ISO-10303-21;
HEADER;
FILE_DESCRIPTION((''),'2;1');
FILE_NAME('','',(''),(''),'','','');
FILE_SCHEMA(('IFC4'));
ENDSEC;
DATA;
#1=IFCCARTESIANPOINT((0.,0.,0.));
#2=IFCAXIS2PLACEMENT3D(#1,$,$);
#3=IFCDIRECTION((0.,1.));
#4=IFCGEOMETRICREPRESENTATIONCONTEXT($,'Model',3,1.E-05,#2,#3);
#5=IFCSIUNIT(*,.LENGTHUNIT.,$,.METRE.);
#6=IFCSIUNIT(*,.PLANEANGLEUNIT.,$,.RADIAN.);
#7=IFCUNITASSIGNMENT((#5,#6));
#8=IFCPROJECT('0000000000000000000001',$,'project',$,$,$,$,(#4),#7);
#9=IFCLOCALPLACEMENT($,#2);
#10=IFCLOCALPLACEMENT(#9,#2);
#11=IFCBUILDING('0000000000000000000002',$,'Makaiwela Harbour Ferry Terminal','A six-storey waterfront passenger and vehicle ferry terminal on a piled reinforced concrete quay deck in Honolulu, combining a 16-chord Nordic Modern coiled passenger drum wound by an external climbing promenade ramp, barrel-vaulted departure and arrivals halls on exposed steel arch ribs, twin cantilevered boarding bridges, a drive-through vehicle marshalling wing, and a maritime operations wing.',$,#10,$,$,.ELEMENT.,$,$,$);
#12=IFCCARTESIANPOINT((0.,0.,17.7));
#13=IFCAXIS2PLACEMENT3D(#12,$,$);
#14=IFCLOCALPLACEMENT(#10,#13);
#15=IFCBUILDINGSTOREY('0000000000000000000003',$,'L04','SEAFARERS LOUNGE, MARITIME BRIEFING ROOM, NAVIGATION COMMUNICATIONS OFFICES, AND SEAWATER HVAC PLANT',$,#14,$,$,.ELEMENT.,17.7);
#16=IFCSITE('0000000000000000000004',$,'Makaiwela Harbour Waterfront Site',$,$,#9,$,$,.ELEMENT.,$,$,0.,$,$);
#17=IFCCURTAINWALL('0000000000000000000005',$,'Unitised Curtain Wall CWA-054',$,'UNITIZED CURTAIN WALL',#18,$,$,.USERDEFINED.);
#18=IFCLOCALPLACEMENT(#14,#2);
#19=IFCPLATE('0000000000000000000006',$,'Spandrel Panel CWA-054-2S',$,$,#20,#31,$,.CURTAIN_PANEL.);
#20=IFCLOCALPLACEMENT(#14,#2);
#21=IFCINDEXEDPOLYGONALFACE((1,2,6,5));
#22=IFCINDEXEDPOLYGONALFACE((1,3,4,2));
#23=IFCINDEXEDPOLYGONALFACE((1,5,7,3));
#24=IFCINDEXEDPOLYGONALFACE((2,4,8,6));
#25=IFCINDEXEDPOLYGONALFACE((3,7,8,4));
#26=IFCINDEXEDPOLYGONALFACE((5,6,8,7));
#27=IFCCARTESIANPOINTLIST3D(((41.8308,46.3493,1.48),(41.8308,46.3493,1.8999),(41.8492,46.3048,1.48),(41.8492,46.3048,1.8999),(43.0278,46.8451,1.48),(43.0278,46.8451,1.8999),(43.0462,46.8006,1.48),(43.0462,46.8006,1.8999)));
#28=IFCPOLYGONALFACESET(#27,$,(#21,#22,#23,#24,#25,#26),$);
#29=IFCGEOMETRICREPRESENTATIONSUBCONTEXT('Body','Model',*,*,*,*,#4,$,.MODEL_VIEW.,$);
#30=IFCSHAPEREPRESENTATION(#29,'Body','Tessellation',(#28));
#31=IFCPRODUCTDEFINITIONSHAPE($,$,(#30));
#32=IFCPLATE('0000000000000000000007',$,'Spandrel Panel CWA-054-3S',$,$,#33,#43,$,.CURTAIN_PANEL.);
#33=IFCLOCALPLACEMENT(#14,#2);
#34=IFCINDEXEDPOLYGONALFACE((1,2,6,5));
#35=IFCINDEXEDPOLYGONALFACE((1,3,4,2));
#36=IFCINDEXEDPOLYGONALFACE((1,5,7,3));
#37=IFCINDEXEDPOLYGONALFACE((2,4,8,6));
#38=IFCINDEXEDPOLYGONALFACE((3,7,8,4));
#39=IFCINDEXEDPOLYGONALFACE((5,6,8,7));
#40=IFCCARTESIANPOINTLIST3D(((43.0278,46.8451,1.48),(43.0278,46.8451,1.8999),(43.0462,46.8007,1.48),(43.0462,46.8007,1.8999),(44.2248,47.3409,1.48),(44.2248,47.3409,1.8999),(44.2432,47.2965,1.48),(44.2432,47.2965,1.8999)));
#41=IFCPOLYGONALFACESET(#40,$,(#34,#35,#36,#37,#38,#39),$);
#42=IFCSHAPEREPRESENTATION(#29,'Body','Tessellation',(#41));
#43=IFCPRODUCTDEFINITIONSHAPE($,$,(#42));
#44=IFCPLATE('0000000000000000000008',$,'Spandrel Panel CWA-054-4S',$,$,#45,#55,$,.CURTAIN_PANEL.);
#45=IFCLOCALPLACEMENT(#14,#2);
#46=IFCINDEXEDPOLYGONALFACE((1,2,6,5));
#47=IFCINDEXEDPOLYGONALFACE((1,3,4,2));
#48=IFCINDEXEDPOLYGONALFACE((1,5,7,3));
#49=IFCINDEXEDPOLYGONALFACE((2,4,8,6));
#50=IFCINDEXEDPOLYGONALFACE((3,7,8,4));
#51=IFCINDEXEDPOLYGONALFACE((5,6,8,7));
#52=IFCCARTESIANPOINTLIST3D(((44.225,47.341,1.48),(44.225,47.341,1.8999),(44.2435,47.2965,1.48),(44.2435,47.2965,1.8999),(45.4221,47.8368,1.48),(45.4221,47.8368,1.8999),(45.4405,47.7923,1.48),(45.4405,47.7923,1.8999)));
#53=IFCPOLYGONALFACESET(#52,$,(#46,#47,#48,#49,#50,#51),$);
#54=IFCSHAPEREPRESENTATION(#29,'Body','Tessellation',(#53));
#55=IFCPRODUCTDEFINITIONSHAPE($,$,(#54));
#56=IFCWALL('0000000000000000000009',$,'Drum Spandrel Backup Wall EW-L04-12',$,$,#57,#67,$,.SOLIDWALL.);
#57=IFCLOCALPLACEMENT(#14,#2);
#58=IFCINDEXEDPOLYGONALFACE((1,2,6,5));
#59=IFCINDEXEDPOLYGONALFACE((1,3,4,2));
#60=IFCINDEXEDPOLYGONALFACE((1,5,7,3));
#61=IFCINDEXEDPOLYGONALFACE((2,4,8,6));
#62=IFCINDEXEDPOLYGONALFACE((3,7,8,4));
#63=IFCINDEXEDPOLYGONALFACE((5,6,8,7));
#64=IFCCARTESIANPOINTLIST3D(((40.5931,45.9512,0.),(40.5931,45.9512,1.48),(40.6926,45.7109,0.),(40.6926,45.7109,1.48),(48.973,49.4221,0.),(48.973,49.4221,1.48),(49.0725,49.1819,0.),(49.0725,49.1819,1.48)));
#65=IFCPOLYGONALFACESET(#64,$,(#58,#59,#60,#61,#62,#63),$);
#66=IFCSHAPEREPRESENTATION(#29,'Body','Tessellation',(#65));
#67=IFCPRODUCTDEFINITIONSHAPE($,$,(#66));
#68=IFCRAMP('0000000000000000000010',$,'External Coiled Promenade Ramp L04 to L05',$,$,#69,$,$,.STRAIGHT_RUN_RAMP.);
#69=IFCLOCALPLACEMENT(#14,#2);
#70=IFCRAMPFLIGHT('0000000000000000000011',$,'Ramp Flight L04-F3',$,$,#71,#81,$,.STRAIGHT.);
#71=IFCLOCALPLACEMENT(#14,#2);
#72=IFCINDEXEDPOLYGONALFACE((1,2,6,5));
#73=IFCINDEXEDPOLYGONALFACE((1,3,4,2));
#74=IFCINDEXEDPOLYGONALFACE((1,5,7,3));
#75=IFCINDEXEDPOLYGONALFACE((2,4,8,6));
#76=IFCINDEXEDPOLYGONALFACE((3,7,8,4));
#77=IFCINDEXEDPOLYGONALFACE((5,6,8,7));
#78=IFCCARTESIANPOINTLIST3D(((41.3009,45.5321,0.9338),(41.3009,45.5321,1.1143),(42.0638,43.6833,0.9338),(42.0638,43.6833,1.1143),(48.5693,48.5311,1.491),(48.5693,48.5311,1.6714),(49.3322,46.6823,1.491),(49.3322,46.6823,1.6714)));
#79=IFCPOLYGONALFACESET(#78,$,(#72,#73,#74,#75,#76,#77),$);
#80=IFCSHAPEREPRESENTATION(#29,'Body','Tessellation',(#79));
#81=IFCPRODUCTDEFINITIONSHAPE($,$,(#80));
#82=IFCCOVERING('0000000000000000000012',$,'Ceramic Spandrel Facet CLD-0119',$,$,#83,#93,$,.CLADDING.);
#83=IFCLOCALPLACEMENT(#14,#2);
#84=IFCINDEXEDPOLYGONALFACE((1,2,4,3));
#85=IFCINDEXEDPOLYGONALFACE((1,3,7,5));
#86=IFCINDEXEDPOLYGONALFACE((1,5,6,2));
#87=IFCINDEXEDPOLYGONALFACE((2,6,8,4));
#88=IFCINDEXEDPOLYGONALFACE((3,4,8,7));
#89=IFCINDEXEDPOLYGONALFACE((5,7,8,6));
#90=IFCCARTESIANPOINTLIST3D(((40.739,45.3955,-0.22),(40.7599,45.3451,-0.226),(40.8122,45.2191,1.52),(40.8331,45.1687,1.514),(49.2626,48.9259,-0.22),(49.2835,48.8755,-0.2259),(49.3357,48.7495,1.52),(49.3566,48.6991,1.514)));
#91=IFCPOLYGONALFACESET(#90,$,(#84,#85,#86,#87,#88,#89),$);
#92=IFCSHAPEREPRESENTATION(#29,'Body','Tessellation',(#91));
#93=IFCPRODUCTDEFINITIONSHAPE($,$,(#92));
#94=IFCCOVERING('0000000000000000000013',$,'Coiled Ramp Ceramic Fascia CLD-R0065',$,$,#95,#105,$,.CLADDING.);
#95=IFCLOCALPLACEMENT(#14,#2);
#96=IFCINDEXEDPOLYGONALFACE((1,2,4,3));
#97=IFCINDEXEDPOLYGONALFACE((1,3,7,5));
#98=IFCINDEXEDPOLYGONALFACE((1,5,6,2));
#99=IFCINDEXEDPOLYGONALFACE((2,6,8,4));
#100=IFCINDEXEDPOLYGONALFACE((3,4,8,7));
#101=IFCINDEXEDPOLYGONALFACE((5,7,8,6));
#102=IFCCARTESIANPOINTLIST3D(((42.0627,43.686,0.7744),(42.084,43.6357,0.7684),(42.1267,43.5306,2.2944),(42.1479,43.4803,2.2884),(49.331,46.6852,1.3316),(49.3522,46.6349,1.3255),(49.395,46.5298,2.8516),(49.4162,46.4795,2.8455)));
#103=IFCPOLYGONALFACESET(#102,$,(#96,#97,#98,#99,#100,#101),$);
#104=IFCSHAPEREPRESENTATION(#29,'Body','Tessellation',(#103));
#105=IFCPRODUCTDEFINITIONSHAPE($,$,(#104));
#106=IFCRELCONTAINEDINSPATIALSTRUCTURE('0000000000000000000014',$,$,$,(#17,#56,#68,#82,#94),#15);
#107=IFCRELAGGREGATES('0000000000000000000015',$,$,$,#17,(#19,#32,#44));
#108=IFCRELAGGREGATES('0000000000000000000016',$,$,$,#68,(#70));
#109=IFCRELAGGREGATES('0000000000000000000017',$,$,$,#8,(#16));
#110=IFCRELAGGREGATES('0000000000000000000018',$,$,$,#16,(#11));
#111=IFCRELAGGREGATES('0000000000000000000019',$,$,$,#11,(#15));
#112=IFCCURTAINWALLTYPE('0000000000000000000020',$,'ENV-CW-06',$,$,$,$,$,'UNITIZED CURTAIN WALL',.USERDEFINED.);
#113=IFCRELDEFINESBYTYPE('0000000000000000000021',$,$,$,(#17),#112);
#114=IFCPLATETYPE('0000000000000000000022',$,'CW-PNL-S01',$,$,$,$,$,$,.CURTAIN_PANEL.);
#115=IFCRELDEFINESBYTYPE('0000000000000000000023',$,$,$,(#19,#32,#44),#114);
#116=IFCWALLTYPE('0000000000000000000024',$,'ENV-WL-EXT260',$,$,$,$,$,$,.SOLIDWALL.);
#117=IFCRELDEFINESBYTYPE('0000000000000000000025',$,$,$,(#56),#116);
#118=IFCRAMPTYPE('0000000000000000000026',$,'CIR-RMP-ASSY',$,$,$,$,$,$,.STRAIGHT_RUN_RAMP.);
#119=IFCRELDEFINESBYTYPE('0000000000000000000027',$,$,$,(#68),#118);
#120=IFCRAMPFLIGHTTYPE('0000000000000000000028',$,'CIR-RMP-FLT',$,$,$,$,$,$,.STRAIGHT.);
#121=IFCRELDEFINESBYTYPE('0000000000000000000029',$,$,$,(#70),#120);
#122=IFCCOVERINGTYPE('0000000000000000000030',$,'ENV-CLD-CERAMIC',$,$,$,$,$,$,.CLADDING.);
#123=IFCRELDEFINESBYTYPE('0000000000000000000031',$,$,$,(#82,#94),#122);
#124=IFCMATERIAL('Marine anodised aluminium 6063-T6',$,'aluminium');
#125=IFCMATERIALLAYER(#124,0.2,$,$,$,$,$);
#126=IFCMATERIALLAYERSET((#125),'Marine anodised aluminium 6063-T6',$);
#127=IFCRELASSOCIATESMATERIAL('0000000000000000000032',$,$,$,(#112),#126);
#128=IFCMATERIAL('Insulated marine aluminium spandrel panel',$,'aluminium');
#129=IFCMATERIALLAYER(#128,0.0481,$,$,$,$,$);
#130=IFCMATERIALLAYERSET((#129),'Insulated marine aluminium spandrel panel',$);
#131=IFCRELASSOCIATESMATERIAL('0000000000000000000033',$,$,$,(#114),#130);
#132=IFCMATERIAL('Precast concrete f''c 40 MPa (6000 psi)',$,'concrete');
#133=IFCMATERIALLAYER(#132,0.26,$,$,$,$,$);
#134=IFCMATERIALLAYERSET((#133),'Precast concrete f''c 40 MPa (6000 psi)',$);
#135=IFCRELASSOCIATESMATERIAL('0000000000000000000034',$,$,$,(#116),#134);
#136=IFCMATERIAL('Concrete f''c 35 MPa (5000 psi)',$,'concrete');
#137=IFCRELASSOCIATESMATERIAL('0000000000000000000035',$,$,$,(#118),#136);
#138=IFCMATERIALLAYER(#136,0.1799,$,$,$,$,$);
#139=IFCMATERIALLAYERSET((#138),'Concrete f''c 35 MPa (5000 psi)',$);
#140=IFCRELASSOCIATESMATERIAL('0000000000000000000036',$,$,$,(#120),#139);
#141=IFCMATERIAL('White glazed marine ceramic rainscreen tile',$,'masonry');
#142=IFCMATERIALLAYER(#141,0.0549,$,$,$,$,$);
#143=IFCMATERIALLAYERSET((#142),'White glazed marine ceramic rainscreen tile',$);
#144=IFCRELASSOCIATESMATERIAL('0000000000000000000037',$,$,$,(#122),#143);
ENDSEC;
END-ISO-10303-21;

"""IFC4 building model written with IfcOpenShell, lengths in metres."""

from ifc_helpers import new_model, si_unit, direction, frame, frame_2d, origin, origin_2d, place, context, subcontext, project, spatial, polyline, rectangle, outline, extrude, material, layer, layer_set, type_object, element, aggregate, save


model = new_model("IFC4")

# Units and contexts
model_context = context("Model", 3, precision=1e-05, world=origin(), true_north=direction((0.0, 1.0)))
body_context = subcontext(model_context, "Body", "Model", "MODEL_VIEW")
ifc_project = project(units=[si_unit("LENGTHUNIT", "METRE"), si_unit("PLANEANGLEUNIT", "RADIAN")], contexts=[model_context])

# Site, building, storey
site_placement = place(None, origin())
site = spatial("IfcSite", under=ifc_project, at=site_placement, Name="Makaiwela Harbour Waterfront Site", CompositionType="ELEMENT", RefElevation=0.0)
building_placement = place(site_placement, origin())
building = spatial("IfcBuilding", under=site, at=building_placement, Name="Makaiwela Harbour Ferry Terminal", Description="A six-storey waterfront passenger and vehicle ferry terminal on a piled reinforced concrete quay deck in Honolulu, combining a 16-chord Nordic Modern coiled passenger drum wound by an external climbing promenade ramp, barrel-vaulted departure and arrivals halls on exposed steel arch ribs, twin cantilevered boarding bridges, a drive-through vehicle marshalling wing, and a maritime operations wing.", CompositionType="ELEMENT")
storey_placement = place(building_placement, frame((0.0, 0.0, 17.7)))
storey = spatial("IfcBuildingStorey", under=building, at=storey_placement, Name="L04", Description="SEAFARERS LOUNGE, MARITIME BRIEFING ROOM, NAVIGATION COMMUNICATIONS OFFICES, AND SEAWATER HVAC PLANT", CompositionType="ELEMENT", Elevation=17.7)

# Shared definitions
ifc_material_1 = material(Name="Marine anodised aluminium 6063-T6", Category="aluminium")
ifc_layer_1 = layer(ifc_material_1, 0.2)
ifc_layer_set_1 = layer_set([ifc_layer_1], Name="Marine anodised aluminium 6063-T6")
curtain_wall_type = type_object("IfcCurtainWallType", Name="ENV-CW-06", ElementType="UNITIZED CURTAIN WALL", PredefinedType="USERDEFINED", material=ifc_layer_set_1)

# Curtain wall, plates
curtain_wall_1_placement = place(storey_placement, origin())
curtain_wall_1 = element("IfcCurtainWall", 1, at=curtain_wall_1_placement, inside=storey, type_object=curtain_wall_type, Name="Unitised Curtain Wall CWA-054", ObjectType="UNITIZED CURTAIN WALL", PredefinedType="USERDEFINED")
ifc_material_2 = material(Name="Insulated marine aluminium spandrel panel", Category="aluminium")
ifc_layer_2 = layer(ifc_material_2, 0.0481)
ifc_layer_set_2 = layer_set([ifc_layer_2], Name="Insulated marine aluminium spandrel panel")
plate_type_1 = type_object("IfcPlateType", Name="CW-PNL-S01", PredefinedType="CURTAIN_PANEL", material=ifc_layer_set_2)
plate_1_placement = place(storey_placement, frame((42.4385, 46.575, 1.48), z_axis=(0.0, 0.0, 1.0), x_axis=(0.92388, 0.382683, 0.0)))
plate_1 = element("IfcPlate", 2, at=plate_1_placement, type_object=plate_type_1, Name="Spandrel Panel CWA-054-2S", PredefinedType="CURTAIN_PANEL", context=body_context, shape_type="SweptSolid", body=[
    extrude(rectangle(XDim=1.2957, YDim=0.0481, at=origin_2d()), origin(), (0.0, 0.0, 1.0), 0.4199),
])
plate_2_placement = place(storey_placement, frame((43.6355, 47.0708, 1.48), z_axis=(0.0, 0.0, 1.0), x_axis=(0.92388, 0.382683, 0.0)))
plate_2 = element("IfcPlate", 3, at=plate_2_placement, type_object=plate_type_1, Name="Spandrel Panel CWA-054-3S", PredefinedType="CURTAIN_PANEL", context=body_context, shape_type="SweptSolid", body=[
    extrude(rectangle(XDim=1.2957, YDim=0.0481, at=origin_2d()), origin(), (0.0, 0.0, 1.0), 0.4199),
])
plate_3_placement = place(storey_placement, frame((44.8328, 47.5667, 1.48), z_axis=(0.0, 0.0, 1.0), x_axis=(0.92388, 0.382683, 0.0)))
plate_3 = element("IfcPlate", 4, at=plate_3_placement, type_object=plate_type_1, Name="Spandrel Panel CWA-054-4S", PredefinedType="CURTAIN_PANEL", context=body_context, shape_type="SweptSolid", body=[
    extrude(rectangle(XDim=1.2957, YDim=0.0481, at=origin_2d()), origin(), (0.0, 0.0, 1.0), 0.4199),
])
aggregate(curtain_wall_1, [plate_1, plate_2, plate_3])

# Wall
ifc_material_3 = material(Name="Precast concrete f'c 40 MPa (6000 psi)", Category="concrete")
ifc_layer_3 = layer(ifc_material_3, 0.26)
ifc_layer_set_3 = layer_set([ifc_layer_3], Name="Precast concrete f'c 40 MPa (6000 psi)")
wall_type = type_object("IfcWallType", Name="ENV-WL-EXT260", PredefinedType="SOLIDWALL", material=ifc_layer_set_3)
wall_placement = place(storey_placement, frame((40.6428, 45.8311, 0.0), z_axis=(0.0, 0.0, 1.0), x_axis=(0.923884, 0.382673, 0.0)))
element("IfcWall", 5, at=wall_placement, inside=storey, type_object=wall_type, Name="Drum Spandrel Backup Wall EW-L04-12", PredefinedType="SOLIDWALL", context=body_context, shape_type="SweptSolid", body=[
    extrude(rectangle(XDim=9.0703, YDim=0.26, at=frame_2d((4.5352, 0.0))), origin(), (0.0, 0.0, 1.0), 1.48),
])

# Ramp, ramp flight
ifc_material_4 = material(Name="Concrete f'c 35 MPa (5000 psi)", Category="concrete")
ramp_type = type_object("IfcRampType", Name="CIR-RMP-ASSY", PredefinedType="STRAIGHT_RUN_RAMP", material=ifc_material_4)
ramp_placement = place(storey_placement, origin())
ramp = element("IfcRamp", 6, at=ramp_placement, inside=storey, type_object=ramp_type, Name="External Coiled Promenade Ramp L04 to L05", PredefinedType="STRAIGHT_RUN_RAMP")
ifc_layer_4 = layer(ifc_material_4, 0.1799)
ifc_layer_set_4 = layer_set([ifc_layer_4], Name="Concrete f'c 35 MPa (5000 psi)")
ramp_flight_type = type_object("IfcRampFlightType", Name="CIR-RMP-FLT", PredefinedType="STRAIGHT", material=ifc_layer_set_4)
ramp_flight_placement = place(storey_placement, frame((41.6824, 44.6077, 1.1143), z_axis=(0.0, 0.0, 1.0), x_axis=(0.9244, 0.381425, 0.0)))
ramp_flight = element("IfcRampFlight", 7, at=ramp_flight_placement, type_object=ramp_flight_type, Name="Ramp Flight L04-F3", PredefinedType="STRAIGHT", context=body_context, shape_type="SweptSolid", body=[
    extrude(outline(polyline([(0.0, 0.0), (7.8628, 0.5571), (7.8628, 0.3767), (0.0, -0.1804), (0.0, 0.0)])), frame((0.0, 1.0, 0.0), z_axis=(0.0, -1.0, 0.0), x_axis=(1.0, 0.0, 0.0)), (0.0, 0.0, 1.0), 2.0),
])
aggregate(ramp, [ramp_flight])

# Coverings
ifc_material_5 = material(Name="White glazed marine ceramic rainscreen tile", Category="masonry")
ifc_layer_5 = layer(ifc_material_5, 0.0549)
ifc_layer_set_5 = layer_set([ifc_layer_5], Name="White glazed marine ceramic rainscreen tile")
covering_type = type_object("IfcCoveringType", Name="ENV-CLD-CERAMIC", PredefinedType="CLADDING", material=ifc_layer_set_5)
covering_1_placement = place(storey_placement, frame((40.739, 45.3955, -0.22), z_axis=(-0.380383, 0.918373, 0.109085), x_axis=(0.923886, 0.382667, 0.000002)))
element("IfcCovering", 8, at=covering_1_placement, inside=storey, type_object=covering_type, Name="Ceramic Spandrel Facet CLD-0119", PredefinedType="CLADDING", context=body_context, shape_type="SweptSolid", body=[
    extrude(outline(polyline([(0.0, 0.0), (9.2258, 0.0), (9.2258, -1.7504), (0.0001, -1.7505), (0.0, 0.0)])), origin(), (0.0, 0.0, -1.0), 0.0549),
])
covering_2_placement = place(storey_placement, frame((42.0627, 43.686, 0.7744), z_axis=(-0.386312, 0.9158, 0.109881), x_axis=(0.922083, 0.380482, 0.070681)))
element("IfcCovering", 9, at=covering_2_placement, inside=storey, type_object=covering_type, Name="Coiled Ramp Ceramic Fascia CLD-R0065", PredefinedType="CLADDING", context=body_context, shape_type="SweptSolid", body=[
    extrude(outline(polyline([(0.0, 0.0), (7.8824, 0.0), (7.9898, -1.5255), (0.1072, -1.5255), (0.0, 0.0)])), origin(), (0.0, 0.0, -1.0), 0.0549),
])

save(model, "model.ifc")
